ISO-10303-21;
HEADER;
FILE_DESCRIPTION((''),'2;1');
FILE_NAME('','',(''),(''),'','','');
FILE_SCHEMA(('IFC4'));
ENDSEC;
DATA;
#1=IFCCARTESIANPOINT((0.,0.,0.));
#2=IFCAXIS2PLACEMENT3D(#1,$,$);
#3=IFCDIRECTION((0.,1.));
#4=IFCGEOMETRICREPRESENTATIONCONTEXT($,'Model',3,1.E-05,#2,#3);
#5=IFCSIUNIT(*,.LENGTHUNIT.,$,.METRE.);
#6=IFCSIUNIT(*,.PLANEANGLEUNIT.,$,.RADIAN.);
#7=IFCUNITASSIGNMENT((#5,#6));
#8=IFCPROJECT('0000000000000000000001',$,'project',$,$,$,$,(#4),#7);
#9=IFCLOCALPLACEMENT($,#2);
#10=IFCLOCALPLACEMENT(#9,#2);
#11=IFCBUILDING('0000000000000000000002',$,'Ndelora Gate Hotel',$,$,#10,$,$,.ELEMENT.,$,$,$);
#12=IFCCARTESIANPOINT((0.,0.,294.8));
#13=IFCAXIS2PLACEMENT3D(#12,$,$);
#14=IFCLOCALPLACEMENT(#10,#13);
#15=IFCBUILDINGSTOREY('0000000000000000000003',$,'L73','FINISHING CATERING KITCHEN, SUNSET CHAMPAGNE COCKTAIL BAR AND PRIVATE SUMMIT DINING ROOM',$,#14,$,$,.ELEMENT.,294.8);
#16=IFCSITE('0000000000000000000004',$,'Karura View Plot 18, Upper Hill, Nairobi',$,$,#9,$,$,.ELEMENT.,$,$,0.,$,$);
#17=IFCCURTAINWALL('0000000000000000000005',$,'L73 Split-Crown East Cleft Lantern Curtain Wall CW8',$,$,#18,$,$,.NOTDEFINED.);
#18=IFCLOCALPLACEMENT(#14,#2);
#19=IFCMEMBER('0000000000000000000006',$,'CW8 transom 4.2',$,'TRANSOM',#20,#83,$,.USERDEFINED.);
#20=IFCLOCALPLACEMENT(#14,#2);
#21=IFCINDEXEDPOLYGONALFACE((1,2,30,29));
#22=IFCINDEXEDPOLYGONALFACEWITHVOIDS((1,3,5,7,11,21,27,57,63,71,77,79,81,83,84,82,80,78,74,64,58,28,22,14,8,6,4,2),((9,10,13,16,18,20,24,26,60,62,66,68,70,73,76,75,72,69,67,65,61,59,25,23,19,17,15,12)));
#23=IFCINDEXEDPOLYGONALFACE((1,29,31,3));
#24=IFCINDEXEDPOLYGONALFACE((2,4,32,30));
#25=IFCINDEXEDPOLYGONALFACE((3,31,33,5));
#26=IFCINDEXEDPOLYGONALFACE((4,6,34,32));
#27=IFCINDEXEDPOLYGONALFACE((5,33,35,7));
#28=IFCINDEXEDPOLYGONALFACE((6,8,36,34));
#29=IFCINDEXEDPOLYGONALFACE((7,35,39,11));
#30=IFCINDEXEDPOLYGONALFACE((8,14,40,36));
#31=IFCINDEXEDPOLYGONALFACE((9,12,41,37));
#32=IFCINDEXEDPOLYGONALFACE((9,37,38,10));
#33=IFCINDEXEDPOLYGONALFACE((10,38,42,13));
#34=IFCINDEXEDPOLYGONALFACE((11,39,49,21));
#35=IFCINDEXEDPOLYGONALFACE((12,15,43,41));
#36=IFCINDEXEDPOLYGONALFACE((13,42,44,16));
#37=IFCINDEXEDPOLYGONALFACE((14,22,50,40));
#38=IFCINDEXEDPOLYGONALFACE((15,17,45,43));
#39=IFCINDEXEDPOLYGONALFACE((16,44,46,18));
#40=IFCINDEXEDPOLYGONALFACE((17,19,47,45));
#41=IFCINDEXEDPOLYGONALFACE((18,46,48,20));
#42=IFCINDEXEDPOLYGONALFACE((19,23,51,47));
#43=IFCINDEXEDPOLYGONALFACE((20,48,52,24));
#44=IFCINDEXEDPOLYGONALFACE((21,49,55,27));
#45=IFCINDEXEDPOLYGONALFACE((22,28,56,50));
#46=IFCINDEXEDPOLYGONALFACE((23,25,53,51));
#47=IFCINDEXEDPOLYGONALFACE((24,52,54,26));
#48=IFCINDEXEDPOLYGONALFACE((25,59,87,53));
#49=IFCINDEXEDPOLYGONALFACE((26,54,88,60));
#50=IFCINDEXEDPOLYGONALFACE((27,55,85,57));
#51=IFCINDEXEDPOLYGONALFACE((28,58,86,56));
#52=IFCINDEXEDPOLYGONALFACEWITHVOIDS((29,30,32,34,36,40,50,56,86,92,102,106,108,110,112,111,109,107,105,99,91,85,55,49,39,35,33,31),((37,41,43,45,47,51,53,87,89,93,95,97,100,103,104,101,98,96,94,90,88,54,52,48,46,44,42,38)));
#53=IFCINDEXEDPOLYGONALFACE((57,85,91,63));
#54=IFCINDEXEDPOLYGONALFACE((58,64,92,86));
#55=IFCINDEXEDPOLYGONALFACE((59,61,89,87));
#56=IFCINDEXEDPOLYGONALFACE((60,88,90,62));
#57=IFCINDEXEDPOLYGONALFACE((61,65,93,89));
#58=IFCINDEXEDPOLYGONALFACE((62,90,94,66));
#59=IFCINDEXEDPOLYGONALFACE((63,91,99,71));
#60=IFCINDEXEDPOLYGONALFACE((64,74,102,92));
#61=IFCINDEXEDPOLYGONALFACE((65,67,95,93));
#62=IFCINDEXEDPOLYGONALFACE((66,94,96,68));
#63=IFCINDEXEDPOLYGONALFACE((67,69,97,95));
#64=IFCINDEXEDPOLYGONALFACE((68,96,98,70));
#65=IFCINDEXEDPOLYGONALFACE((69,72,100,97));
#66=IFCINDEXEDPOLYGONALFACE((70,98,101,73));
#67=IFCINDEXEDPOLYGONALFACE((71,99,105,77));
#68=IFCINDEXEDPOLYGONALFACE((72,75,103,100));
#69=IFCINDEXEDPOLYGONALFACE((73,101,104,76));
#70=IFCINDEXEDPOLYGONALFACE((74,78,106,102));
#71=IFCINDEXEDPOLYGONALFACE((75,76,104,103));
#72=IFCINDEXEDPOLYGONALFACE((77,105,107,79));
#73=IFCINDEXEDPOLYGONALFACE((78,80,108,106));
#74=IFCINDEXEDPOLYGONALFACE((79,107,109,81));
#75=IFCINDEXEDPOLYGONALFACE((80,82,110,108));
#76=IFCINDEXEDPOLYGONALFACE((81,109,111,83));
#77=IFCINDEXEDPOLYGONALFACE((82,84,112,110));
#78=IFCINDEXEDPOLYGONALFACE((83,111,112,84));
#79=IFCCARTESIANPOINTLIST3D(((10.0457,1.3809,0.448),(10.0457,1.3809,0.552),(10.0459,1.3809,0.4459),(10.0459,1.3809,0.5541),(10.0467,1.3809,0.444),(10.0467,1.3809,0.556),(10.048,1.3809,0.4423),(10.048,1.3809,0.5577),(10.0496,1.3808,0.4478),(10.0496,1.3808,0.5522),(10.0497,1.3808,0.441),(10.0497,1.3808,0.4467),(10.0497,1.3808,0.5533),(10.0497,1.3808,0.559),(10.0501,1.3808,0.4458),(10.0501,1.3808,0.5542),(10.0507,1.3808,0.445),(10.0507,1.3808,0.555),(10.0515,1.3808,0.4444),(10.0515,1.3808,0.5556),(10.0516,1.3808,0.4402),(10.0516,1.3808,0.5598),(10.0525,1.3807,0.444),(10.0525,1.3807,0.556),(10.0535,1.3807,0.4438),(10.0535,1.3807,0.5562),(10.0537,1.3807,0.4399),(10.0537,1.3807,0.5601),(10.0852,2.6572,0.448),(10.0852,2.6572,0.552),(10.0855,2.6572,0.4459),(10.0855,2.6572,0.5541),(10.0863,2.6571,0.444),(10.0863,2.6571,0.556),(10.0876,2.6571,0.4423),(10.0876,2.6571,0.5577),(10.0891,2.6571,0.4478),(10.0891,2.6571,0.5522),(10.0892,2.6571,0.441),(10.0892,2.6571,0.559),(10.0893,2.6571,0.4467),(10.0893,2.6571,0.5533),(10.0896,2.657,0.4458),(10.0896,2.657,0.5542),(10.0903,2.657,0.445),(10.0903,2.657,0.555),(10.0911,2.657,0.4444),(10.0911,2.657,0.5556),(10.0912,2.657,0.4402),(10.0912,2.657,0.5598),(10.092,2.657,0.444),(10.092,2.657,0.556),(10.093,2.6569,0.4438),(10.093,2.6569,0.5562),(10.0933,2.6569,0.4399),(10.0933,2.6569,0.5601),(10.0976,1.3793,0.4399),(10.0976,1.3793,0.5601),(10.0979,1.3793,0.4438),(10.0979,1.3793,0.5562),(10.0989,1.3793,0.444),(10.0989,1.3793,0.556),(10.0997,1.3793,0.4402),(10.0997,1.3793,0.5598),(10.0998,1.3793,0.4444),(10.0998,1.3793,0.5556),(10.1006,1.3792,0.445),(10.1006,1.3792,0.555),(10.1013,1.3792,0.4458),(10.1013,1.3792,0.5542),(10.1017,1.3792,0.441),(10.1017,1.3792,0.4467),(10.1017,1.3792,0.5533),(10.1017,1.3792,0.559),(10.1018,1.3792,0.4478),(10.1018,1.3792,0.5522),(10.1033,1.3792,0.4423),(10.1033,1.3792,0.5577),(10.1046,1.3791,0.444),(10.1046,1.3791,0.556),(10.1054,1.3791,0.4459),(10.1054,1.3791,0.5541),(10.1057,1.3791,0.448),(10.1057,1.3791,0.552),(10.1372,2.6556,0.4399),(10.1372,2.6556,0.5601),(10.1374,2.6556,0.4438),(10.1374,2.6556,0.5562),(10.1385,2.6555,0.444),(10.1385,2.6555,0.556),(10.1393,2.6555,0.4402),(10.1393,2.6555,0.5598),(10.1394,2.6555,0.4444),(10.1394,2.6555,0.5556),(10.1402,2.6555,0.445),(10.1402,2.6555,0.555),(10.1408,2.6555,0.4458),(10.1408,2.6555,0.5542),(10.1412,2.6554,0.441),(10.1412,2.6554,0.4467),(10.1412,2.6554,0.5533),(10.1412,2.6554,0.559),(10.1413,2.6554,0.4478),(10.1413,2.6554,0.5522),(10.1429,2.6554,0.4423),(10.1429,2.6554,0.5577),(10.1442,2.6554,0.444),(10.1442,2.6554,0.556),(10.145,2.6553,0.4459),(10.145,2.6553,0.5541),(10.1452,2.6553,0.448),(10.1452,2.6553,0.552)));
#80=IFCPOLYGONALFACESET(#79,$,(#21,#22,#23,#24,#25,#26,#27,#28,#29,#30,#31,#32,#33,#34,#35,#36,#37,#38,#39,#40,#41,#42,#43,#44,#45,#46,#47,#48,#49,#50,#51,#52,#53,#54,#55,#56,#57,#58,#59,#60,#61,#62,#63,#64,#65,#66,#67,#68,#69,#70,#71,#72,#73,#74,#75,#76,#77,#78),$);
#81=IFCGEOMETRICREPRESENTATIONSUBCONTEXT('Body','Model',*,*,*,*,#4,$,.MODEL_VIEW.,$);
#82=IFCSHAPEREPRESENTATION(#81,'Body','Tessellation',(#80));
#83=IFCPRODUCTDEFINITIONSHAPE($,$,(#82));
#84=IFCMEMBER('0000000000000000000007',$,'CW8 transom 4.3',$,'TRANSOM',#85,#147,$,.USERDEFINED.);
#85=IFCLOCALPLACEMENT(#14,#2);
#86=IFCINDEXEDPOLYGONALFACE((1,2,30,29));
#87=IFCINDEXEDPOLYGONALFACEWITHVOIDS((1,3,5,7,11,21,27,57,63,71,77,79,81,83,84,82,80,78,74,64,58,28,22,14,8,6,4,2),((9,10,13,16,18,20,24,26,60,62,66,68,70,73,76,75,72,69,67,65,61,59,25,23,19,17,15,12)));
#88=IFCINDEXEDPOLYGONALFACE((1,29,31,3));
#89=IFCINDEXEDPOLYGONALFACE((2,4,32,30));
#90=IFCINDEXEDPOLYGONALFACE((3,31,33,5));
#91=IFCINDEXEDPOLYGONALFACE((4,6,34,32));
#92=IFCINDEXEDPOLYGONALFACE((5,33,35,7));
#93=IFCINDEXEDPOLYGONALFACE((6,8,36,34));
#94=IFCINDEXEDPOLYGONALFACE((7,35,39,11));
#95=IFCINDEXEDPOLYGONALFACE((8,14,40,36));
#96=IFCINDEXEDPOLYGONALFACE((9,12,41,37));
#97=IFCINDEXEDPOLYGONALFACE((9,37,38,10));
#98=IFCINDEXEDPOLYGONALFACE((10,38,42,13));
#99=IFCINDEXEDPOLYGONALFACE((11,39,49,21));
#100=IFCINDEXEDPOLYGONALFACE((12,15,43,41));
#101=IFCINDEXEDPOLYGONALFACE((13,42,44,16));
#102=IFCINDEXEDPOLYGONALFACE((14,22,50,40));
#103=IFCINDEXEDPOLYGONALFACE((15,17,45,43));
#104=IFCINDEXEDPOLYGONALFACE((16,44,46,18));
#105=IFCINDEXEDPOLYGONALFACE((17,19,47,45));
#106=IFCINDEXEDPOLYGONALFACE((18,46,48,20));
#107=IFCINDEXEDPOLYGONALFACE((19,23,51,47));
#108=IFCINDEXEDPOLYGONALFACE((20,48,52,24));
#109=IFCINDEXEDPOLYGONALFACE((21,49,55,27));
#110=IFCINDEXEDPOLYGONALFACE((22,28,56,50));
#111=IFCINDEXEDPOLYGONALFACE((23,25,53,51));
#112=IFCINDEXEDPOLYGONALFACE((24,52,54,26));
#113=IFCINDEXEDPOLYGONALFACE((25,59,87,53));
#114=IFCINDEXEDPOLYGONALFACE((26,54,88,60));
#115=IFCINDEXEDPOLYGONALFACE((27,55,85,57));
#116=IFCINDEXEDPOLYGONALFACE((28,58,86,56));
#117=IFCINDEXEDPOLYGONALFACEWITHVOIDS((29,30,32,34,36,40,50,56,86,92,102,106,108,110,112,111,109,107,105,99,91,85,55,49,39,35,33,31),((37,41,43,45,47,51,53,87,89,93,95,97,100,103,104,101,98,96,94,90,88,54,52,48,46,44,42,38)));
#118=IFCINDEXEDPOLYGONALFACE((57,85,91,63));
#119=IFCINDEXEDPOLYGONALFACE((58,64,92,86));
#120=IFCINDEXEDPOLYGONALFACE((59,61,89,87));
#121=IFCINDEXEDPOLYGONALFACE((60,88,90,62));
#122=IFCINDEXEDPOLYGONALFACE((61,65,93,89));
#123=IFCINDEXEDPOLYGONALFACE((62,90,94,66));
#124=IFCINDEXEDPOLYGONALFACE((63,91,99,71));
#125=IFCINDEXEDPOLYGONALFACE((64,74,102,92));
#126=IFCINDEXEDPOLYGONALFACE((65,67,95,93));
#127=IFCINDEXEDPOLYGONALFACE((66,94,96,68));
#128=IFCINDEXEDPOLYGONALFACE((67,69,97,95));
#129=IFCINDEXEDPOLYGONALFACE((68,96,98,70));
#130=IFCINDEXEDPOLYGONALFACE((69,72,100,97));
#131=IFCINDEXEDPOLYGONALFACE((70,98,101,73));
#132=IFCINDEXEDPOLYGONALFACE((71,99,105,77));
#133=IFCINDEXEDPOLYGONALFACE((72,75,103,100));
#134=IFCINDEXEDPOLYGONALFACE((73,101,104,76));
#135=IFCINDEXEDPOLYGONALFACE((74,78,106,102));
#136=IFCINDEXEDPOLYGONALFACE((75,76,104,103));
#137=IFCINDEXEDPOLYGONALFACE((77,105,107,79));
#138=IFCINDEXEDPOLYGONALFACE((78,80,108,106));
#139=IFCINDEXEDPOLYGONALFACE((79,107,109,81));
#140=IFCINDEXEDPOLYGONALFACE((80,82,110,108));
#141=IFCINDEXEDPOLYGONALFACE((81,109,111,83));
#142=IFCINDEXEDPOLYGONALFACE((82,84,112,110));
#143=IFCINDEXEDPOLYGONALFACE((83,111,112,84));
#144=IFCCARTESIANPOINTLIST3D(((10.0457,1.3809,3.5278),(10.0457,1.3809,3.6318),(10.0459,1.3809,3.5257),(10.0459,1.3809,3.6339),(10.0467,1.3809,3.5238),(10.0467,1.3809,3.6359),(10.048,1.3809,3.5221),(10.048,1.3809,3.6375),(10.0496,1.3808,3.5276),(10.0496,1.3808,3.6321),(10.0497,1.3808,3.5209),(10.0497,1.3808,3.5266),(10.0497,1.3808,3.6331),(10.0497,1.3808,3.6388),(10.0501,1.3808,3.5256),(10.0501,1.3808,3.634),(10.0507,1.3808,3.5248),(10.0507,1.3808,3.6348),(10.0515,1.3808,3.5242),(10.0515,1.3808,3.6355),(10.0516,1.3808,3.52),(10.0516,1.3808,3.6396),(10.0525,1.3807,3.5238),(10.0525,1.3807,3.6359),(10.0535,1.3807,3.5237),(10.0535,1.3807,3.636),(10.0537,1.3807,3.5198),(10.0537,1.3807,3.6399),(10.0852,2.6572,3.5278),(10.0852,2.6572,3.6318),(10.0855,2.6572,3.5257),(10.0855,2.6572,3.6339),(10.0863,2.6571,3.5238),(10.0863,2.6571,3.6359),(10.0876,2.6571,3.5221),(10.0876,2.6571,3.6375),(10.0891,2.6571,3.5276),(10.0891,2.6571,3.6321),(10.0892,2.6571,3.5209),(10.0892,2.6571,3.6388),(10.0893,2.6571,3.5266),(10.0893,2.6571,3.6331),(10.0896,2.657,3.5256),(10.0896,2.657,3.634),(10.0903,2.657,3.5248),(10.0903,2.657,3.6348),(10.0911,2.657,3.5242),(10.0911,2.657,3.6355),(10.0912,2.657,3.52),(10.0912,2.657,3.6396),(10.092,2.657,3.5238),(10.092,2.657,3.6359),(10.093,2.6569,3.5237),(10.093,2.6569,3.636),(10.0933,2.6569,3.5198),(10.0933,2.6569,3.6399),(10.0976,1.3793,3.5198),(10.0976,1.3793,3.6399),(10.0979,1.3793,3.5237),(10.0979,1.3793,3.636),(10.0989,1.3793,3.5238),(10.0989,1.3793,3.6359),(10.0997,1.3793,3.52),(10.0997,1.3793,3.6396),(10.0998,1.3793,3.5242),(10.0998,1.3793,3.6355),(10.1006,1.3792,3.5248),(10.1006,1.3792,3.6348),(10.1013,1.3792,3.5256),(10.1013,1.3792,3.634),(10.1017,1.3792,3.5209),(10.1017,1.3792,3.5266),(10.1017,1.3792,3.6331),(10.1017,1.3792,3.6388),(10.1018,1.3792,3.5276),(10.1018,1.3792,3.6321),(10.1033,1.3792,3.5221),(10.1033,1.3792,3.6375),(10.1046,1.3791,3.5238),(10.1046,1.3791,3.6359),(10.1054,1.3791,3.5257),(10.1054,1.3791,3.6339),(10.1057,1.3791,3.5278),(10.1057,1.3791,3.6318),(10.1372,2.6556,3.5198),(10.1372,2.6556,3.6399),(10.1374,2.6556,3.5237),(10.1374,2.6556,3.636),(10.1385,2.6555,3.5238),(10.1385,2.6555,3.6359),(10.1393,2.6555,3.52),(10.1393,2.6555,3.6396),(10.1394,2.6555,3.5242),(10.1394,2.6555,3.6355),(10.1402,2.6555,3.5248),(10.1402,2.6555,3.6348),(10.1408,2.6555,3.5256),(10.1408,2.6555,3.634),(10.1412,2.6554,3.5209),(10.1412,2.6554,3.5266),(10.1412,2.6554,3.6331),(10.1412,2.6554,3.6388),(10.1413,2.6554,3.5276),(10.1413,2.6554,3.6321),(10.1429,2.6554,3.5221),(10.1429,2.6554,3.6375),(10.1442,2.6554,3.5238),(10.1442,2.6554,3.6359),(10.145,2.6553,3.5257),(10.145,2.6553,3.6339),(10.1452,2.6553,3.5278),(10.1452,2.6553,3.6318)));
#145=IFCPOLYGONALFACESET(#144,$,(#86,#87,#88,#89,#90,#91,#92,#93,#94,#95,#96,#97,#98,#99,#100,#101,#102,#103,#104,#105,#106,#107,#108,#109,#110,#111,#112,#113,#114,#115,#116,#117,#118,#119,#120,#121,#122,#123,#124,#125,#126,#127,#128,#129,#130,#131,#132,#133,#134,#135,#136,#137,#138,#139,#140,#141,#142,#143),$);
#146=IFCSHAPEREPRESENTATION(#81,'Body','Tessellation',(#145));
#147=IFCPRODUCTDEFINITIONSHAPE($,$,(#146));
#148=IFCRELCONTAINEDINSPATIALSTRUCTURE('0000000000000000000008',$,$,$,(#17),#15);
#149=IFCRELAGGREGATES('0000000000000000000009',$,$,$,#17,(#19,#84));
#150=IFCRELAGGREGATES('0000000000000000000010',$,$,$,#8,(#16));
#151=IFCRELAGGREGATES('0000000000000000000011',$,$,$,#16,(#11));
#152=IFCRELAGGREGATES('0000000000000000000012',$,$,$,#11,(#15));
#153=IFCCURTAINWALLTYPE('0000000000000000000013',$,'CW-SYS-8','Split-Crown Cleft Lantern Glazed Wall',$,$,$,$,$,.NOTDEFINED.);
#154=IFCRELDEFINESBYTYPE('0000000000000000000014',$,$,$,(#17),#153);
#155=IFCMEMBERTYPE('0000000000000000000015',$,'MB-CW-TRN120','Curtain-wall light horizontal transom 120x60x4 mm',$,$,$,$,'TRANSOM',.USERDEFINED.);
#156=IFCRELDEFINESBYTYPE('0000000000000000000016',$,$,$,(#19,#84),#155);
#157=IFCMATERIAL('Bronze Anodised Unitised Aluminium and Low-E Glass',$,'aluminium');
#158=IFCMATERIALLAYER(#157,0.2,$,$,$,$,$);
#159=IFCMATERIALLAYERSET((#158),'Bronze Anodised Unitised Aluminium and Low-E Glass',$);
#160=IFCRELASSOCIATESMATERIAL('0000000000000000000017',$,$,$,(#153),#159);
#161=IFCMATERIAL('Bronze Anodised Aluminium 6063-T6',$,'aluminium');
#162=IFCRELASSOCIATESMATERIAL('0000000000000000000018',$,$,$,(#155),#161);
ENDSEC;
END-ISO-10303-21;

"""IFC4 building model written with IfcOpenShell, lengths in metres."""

from ifc_helpers import new_model, si_unit, direction, frame, origin, origin_2d, place, context, subcontext, project, spatial, hollow_rectangle, extrude, material, layer, layer_set, material_profile, profile_set, type_object, element, aggregate, save


model = new_model("IFC4")

# Units and contexts
model_context = context("Model", 3, precision=1e-05, world=origin(), true_north=direction((0.0, 1.0)))
body_context = subcontext(model_context, "Body", "Model", "MODEL_VIEW")
ifc_project = project(units=[si_unit("LENGTHUNIT", "METRE"), si_unit("PLANEANGLEUNIT", "RADIAN")], contexts=[model_context])

# Site, building, storey
site_placement = place(None, origin())
site = spatial("IfcSite", under=ifc_project, at=site_placement, Name="Karura View Plot 18, Upper Hill, Nairobi", CompositionType="ELEMENT", RefElevation=0.0)
building_placement = place(site_placement, origin())
building = spatial("IfcBuilding", under=site, at=building_placement, Name="Ndelora Gate Hotel", CompositionType="ELEMENT")
storey_placement = place(building_placement, frame((0.0, 0.0, 294.8)))
storey = spatial("IfcBuildingStorey", under=building, at=storey_placement, Name="L73", Description="FINISHING CATERING KITCHEN, SUNSET CHAMPAGNE COCKTAIL BAR AND PRIVATE SUMMIT DINING ROOM", CompositionType="ELEMENT", Elevation=294.8)

# Curtain wall, members
ifc_material_1 = material(Name="Bronze Anodised Unitised Aluminium and Low-E Glass", Category="aluminium")
ifc_layer_1 = layer(ifc_material_1, 0.2)
ifc_layer_set_1 = layer_set([ifc_layer_1], Name="Bronze Anodised Unitised Aluminium and Low-E Glass")
curtain_wall_type = type_object("IfcCurtainWallType", Name="CW-SYS-8", Description="Split-Crown Cleft Lantern Glazed Wall", PredefinedType="NOTDEFINED", material=ifc_layer_set_1)
curtain_wall_placement = place(storey_placement, origin())
curtain_wall = element("IfcCurtainWall", 1, at=curtain_wall_placement, inside=storey, type_object=curtain_wall_type, Name="L73 Split-Crown East Cleft Lantern Curtain Wall CW8", PredefinedType="NOTDEFINED")
ifc_material_2 = material(Name="Bronze Anodised Aluminium 6063-T6", Category="aluminium")
ifc_material_profile_1 = material_profile(ifc_material_2, hollow_rectangle(XDim=0.0601, YDim=0.1201, WallThickness=0.0039, InnerFilletRadius=0.0039, OuterFilletRadius=0.0081, at=origin_2d()), Name="ALU 120x60x4")
ifc_profile_set_1 = profile_set([ifc_material_profile_1], Name="Bronze Anodised Aluminium 6063-T6")
member_type_1 = type_object("IfcMemberType", Name="MB-CW-TRN120", Description="Curtain-wall light horizontal transom 120x60x4 mm", ElementType="TRANSOM", PredefinedType="USERDEFINED", material=ifc_profile_set_1)
member_1_placement = place(storey_placement, frame((10.1152, 2.6562, 0.5), z_axis=(-0.030978, -0.99952, 0.0), x_axis=(0.99952, -0.030978, 0.0)))
member_1 = element("IfcMember", 2, at=member_1_placement, type_object=member_type_1, Name="CW8 transom 4.2", ObjectType="TRANSOM", PredefinedType="USERDEFINED", context=body_context, shape_type="SweptSolid", body=[
    extrude(hollow_rectangle(XDim=0.0601, YDim=0.1201, WallThickness=0.0039, InnerFilletRadius=0.0039, OuterFilletRadius=0.0081, at=origin_2d()), origin(), (0.0, 0.0, 1.0), 1.2769),
])
member_2_placement = place(storey_placement, frame((10.1152, 2.6562, 3.5798), z_axis=(-0.030978, -0.99952, 0.0), x_axis=(0.99952, -0.030978, 0.0)))
member_2 = element("IfcMember", 3, at=member_2_placement, type_object=member_type_1, Name="CW8 transom 4.3", ObjectType="TRANSOM", PredefinedType="USERDEFINED", context=body_context, shape_type="SweptSolid", body=[
    extrude(hollow_rectangle(XDim=0.0601, YDim=0.1201, WallThickness=0.0039, InnerFilletRadius=0.0039, OuterFilletRadius=0.0081, at=origin_2d()), origin(), (0.0, 0.0, 1.0), 1.2769),
])
aggregate(curtain_wall, [member_1, member_2])

save(model, "model.ifc")
